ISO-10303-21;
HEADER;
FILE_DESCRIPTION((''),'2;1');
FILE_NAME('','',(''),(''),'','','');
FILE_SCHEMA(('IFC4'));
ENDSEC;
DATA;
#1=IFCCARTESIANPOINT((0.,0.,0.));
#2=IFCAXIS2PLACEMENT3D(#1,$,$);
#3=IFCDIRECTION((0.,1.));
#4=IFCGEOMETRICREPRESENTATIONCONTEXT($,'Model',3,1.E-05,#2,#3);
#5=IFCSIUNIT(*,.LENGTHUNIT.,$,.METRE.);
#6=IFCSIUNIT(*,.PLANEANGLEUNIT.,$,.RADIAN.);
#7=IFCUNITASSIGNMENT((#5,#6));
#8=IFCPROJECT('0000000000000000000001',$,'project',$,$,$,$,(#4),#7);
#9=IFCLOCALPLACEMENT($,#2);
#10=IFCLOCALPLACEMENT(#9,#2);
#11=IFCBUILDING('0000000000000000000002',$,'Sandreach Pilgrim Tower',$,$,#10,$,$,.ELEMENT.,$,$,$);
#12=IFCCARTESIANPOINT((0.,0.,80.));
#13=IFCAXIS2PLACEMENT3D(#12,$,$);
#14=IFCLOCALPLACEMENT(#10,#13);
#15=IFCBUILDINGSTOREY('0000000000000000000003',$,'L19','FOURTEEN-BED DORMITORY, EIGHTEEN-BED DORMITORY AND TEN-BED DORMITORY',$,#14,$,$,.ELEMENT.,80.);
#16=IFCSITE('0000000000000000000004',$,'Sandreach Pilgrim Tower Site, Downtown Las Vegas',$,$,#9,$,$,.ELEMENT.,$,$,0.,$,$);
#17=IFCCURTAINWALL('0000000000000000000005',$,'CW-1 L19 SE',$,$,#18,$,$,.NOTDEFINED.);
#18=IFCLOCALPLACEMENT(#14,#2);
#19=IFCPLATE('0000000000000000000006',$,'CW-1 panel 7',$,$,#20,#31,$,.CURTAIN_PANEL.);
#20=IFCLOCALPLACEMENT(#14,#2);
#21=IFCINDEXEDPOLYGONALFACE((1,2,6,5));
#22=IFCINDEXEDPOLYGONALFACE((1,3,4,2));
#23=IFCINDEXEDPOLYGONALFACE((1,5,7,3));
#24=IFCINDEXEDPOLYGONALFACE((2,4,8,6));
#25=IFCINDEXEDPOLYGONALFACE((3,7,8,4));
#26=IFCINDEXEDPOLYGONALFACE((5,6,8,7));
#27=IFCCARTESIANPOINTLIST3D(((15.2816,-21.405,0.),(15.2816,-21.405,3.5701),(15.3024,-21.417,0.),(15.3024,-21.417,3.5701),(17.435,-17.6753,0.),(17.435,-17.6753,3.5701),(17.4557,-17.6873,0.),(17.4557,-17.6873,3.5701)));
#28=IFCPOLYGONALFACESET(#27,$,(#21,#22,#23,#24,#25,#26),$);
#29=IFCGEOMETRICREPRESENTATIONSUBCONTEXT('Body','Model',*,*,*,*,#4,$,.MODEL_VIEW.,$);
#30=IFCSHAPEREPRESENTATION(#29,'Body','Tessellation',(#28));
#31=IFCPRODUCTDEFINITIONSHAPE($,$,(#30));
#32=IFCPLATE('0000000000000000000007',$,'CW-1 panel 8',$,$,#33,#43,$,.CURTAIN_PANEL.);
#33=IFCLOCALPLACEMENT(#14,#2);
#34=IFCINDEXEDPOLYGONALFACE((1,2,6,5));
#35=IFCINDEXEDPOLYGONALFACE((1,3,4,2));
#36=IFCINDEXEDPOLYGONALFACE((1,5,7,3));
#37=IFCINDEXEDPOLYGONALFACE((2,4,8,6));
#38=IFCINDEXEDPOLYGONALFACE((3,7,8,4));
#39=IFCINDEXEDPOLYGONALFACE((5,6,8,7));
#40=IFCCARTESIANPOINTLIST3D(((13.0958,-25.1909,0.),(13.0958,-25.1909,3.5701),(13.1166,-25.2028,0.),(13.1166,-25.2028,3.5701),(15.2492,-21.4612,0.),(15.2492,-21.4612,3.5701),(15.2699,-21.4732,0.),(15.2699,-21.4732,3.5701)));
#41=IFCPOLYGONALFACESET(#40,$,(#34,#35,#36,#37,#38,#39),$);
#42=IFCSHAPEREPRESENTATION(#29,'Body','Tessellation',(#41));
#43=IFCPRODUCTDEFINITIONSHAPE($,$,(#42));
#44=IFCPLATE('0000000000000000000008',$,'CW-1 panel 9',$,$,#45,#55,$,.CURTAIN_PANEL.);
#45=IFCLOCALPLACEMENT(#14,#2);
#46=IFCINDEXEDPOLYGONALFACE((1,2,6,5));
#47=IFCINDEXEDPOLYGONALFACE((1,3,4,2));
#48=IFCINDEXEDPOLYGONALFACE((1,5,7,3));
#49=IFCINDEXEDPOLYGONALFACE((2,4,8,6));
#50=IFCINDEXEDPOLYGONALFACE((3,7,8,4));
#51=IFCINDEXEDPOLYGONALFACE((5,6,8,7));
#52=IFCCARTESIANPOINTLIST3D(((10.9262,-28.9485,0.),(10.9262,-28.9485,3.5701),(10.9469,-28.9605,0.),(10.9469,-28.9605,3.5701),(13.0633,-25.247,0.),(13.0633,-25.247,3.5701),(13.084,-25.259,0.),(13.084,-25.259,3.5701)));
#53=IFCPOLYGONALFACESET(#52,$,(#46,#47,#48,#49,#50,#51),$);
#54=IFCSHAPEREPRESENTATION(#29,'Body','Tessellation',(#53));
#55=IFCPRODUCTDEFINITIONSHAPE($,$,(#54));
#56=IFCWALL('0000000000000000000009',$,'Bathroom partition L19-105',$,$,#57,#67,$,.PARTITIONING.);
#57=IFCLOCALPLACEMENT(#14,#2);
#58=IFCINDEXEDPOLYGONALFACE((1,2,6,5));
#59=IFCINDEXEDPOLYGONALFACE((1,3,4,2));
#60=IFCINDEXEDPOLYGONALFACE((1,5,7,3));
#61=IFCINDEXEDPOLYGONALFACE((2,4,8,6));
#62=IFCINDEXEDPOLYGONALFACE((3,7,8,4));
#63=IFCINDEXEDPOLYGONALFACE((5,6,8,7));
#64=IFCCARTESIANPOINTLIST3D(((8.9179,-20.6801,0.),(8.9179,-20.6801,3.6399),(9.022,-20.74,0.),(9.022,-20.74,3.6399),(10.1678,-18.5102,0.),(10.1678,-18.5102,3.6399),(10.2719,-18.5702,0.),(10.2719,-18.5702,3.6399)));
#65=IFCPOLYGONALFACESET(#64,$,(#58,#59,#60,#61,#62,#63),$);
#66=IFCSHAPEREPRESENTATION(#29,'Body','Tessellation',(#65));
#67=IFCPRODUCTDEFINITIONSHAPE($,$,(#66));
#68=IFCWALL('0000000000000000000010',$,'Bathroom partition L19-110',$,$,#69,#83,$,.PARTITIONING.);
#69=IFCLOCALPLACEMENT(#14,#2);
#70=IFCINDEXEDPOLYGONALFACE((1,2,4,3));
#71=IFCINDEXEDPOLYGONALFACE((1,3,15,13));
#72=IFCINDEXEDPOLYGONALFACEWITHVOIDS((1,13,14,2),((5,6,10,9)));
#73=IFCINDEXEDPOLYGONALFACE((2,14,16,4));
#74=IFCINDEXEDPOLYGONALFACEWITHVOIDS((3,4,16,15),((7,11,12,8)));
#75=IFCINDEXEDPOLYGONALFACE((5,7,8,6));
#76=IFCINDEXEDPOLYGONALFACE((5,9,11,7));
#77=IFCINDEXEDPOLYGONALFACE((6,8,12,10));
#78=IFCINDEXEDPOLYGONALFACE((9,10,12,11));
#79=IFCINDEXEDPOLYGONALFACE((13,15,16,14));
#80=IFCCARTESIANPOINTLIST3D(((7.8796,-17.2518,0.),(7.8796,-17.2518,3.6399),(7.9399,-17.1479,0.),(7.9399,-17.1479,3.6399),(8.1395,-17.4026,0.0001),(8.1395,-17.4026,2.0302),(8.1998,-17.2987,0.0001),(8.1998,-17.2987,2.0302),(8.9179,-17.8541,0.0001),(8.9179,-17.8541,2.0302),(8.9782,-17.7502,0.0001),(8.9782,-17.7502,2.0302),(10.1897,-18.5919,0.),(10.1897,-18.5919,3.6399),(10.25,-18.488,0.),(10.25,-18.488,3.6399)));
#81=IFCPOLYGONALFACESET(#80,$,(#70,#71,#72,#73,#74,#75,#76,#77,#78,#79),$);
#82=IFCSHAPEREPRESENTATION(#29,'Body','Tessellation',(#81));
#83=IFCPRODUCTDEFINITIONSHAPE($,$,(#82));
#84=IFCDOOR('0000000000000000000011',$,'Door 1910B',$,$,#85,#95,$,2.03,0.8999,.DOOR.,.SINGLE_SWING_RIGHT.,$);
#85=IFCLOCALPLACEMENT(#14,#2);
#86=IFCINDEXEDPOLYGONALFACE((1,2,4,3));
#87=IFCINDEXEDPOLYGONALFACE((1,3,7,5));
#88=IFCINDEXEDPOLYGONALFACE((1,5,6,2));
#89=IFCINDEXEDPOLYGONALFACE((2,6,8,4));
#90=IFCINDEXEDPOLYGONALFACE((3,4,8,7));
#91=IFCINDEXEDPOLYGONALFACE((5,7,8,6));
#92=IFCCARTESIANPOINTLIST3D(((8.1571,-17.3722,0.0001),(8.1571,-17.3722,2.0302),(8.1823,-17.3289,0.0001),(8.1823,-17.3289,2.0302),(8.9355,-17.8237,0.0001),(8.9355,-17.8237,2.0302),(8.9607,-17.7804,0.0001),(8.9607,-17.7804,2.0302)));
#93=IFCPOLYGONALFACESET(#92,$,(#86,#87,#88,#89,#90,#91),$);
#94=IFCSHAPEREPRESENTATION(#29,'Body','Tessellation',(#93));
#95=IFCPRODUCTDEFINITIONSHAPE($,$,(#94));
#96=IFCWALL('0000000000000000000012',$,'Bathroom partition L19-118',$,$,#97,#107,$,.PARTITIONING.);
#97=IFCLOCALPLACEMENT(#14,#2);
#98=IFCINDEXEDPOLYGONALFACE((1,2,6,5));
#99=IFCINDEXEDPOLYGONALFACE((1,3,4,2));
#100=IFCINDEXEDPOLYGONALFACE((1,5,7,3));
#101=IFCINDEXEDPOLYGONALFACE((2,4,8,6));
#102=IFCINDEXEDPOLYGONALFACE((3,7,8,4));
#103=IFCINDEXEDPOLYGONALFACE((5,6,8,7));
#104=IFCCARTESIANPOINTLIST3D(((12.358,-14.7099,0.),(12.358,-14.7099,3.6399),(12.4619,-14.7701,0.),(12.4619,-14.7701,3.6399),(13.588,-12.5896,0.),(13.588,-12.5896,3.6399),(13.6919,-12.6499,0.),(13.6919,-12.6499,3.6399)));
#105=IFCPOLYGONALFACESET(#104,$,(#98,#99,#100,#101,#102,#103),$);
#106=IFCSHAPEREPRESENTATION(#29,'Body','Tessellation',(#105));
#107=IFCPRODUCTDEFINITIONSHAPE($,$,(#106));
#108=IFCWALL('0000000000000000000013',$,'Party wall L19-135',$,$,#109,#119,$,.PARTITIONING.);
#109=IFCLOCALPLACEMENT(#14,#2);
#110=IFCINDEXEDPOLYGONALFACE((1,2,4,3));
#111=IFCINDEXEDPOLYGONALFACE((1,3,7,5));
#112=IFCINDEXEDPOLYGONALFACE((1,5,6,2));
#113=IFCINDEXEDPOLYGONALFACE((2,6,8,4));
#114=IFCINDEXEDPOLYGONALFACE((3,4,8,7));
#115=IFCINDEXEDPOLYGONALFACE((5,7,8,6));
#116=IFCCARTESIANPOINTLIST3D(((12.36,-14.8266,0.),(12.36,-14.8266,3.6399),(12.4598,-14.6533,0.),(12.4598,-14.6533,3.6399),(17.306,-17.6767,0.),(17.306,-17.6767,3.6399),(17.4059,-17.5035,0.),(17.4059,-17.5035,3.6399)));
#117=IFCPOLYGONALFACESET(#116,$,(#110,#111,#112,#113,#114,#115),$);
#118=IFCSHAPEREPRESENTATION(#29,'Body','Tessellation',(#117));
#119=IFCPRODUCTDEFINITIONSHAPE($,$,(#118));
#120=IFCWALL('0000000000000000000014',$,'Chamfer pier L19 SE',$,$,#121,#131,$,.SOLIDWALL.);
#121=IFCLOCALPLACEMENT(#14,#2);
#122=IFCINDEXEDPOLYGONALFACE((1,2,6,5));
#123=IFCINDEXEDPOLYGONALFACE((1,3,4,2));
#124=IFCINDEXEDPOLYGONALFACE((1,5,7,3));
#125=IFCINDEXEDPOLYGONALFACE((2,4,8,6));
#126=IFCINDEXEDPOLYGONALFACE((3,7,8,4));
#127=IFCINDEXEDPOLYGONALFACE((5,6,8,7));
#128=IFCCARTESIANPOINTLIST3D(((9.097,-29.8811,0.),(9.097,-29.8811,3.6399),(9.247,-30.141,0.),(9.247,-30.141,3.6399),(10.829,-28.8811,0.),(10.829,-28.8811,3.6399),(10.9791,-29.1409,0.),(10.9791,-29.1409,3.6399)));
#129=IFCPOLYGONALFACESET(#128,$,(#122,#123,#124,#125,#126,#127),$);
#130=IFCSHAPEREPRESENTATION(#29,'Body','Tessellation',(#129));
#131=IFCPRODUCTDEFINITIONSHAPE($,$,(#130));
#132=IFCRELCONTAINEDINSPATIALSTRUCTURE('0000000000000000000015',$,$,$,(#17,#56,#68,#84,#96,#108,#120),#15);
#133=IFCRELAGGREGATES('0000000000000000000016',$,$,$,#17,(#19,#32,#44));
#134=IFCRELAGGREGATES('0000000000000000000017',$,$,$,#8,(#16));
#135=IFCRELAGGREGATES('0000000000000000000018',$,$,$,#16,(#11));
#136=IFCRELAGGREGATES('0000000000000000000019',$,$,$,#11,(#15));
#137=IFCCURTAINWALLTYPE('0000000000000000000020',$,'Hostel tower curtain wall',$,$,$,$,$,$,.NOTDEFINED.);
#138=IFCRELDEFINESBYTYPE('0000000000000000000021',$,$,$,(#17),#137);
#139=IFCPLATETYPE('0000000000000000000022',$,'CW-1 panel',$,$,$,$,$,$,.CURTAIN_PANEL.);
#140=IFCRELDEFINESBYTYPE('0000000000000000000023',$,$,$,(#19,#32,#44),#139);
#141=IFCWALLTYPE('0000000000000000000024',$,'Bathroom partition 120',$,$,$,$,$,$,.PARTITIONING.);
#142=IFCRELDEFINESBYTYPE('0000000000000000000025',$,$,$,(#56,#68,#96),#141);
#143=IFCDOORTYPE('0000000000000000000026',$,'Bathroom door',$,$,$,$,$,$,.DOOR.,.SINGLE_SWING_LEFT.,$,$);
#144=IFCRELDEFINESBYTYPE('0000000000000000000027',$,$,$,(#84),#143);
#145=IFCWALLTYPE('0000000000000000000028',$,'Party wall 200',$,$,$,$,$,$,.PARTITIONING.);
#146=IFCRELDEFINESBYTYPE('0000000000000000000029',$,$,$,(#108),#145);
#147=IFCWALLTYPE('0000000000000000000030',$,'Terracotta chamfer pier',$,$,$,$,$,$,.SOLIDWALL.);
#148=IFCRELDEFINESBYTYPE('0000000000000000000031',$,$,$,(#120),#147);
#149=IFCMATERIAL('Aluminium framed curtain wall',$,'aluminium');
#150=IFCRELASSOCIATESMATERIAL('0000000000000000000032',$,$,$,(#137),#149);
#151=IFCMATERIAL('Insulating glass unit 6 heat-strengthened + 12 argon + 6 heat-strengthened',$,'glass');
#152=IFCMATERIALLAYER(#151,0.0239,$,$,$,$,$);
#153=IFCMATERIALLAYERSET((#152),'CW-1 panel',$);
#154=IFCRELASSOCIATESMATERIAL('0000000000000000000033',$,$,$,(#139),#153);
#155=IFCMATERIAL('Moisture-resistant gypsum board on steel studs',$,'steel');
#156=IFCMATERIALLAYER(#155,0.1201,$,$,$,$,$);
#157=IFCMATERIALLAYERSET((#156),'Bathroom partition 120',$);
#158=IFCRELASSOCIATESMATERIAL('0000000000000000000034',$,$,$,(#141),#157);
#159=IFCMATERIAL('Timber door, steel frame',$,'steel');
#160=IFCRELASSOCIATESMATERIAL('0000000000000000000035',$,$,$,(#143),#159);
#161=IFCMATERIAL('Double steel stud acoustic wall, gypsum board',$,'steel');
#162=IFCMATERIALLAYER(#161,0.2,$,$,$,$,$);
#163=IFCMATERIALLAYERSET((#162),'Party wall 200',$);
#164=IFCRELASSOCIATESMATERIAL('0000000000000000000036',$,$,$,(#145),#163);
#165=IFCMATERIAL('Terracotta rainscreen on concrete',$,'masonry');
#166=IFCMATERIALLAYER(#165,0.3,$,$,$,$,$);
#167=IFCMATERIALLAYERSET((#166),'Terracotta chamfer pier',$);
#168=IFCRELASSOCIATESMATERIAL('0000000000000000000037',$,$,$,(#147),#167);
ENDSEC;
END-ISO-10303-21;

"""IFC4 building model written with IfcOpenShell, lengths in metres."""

from ifc_helpers import new_model, si_unit, direction, frame, frame_2d, origin, origin_2d, place, context, subcontext, project, spatial, rectangle, extrude, material, layer, layer_set, type_object, element, fill, aggregate, save


model = new_model("IFC4")

# Units and contexts
model_context = context("Model", 3, precision=1e-05, world=origin(), true_north=direction((0.0, 1.0)))
body_context = subcontext(model_context, "Body", "Model", "MODEL_VIEW")
ifc_project = project(units=[si_unit("LENGTHUNIT", "METRE"), si_unit("PLANEANGLEUNIT", "RADIAN")], contexts=[model_context])

# Site, building, storey
site_placement = place(None, origin())
site = spatial("IfcSite", under=ifc_project, at=site_placement, Name="Sandreach Pilgrim Tower Site, Downtown Las Vegas", CompositionType="ELEMENT", RefElevation=0.0)
building_placement = place(site_placement, origin())
building = spatial("IfcBuilding", under=site, at=building_placement, Name="Sandreach Pilgrim Tower", CompositionType="ELEMENT")
storey_placement = place(building_placement, frame((0.0, 0.0, 80.0)))
storey = spatial("IfcBuildingStorey", under=building, at=storey_placement, Name="L19", Description="FOURTEEN-BED DORMITORY, EIGHTEEN-BED DORMITORY AND TEN-BED DORMITORY", CompositionType="ELEMENT", Elevation=80.0)

# Curtain wall
ifc_material_1 = material(Name="Aluminium framed curtain wall", Category="aluminium")
curtain_wall_type = type_object("IfcCurtainWallType", Name="Hostel tower curtain wall", PredefinedType="NOTDEFINED", material=ifc_material_1)
curtain_wall_1_placement = place(storey_placement, origin())
curtain_wall_1 = element("IfcCurtainWall", 1, at=curtain_wall_1_placement, inside=storey, type_object=curtain_wall_type, Name="CW-1 L19 SE", PredefinedType="NOTDEFINED")

# Plates
ifc_material_2 = material(Name="Insulating glass unit 6 heat-strengthened + 12 argon + 6 heat-strengthened", Category="glass")
ifc_layer_1 = layer(ifc_material_2, 0.0239)
ifc_layer_set_1 = layer_set([ifc_layer_1], Name="CW-1 panel")
plate_type = type_object("IfcPlateType", Name="CW-1 panel", PredefinedType="CURTAIN_PANEL", material=ifc_layer_set_1)
plate_1_placement = place(storey_placement, frame((16.3687, -19.5461, 0.0), z_axis=(0.0, 0.0, 1.0), x_axis=(-0.5, -0.866025, 0.0)))
plate_1 = element("IfcPlate", 2, at=plate_1_placement, type_object=plate_type, Name="CW-1 panel 7", PredefinedType="CURTAIN_PANEL", context=body_context, shape_type="SweptSolid", body=[
    extrude(rectangle(XDim=4.3066, YDim=0.0239, at=origin_2d()), origin(), (0.0, 0.0, 1.0), 3.5701),
])
plate_2_placement = place(storey_placement, frame((14.1829, -23.332, 0.0), z_axis=(0.0, 0.0, 1.0), x_axis=(-0.5, -0.866025, 0.0)))
plate_2 = element("IfcPlate", 3, at=plate_2_placement, type_object=plate_type, Name="CW-1 panel 8", PredefinedType="CURTAIN_PANEL", context=body_context, shape_type="SweptSolid", body=[
    extrude(rectangle(XDim=4.3066, YDim=0.0239, at=origin_2d()), origin(), (0.0, 0.0, 1.0), 3.5701),
])
plate_3_placement = place(storey_placement, frame((12.0051, -27.1038, 0.0), z_axis=(0.0, 0.0, 1.0), x_axis=(-0.5, -0.866025, 0.0)))
plate_3 = element("IfcPlate", 4, at=plate_3_placement, type_object=plate_type, Name="CW-1 panel 9", PredefinedType="CURTAIN_PANEL", context=body_context, shape_type="SweptSolid", body=[
    extrude(rectangle(XDim=4.2742, YDim=0.0239, at=origin_2d()), origin(), (0.0, 0.0, 1.0), 3.5701),
])
aggregate(curtain_wall_1, [plate_1, plate_2, plate_3])

# Wall
ifc_material_3 = material(Name="Moisture-resistant gypsum board on steel studs", Category="steel")
ifc_layer_2 = layer(ifc_material_3, 0.1201)
ifc_layer_set_2 = layer_set([ifc_layer_2], Name="Bathroom partition 120")
wall_type_1 = type_object("IfcWallType", Name="Bathroom partition 120", PredefinedType="PARTITIONING", material=ifc_layer_set_2)
wall_1_placement = place(storey_placement, frame((8.97, -20.71, 0.0), z_axis=(0.0, 0.0, 1.0), x_axis=(0.49916, 0.86651, 0.0)))
element("IfcWall", 5, at=wall_1_placement, inside=storey, type_object=wall_type_1, Name="Bathroom partition L19-105", PredefinedType="PARTITIONING", context=body_context, shape_type="SweptSolid", body=[
    extrude(rectangle(XDim=2.5042, YDim=0.1201, at=frame_2d((1.252, 0.0))), origin(), (0.0, 0.0, 1.0), 3.6399),
])

# Wall, opening, door
wall_2_placement = place(storey_placement, frame((10.22, -18.54, 0.0), z_axis=(0.0, 0.0, 1.0), x_axis=(-0.86499, 0.501789, 0.0)))
wall_2 = element("IfcWall", 6, at=wall_2_placement, inside=storey, type_object=wall_type_1, Name="Bathroom partition L19-110", PredefinedType="PARTITIONING", context=body_context, shape_type="SweptSolid", body=[
    extrude(rectangle(XDim=2.6707, YDim=0.1201, at=frame_2d((1.3354, 0.0))), origin(), (0.0, 0.0, 1.0), 3.6399),
])
opening_placement = place(wall_2_placement, frame((1.4705, 0.0, 0.0)))
opening = element("IfcOpeningElement", 7, at=opening_placement, cuts=wall_2, PredefinedType="OPENING", context=body_context, shape_type="SweptSolid", body=[
    extrude(rectangle(XDim=0.8999, YDim=2.03, at=frame_2d((0.45, 1.0151))), frame((0.0, 0.0601, 0.0), z_axis=(0.0, -1.0, 0.0), x_axis=(1.0, 0.0, 0.0)), (0.0, 0.0, 1.0), 0.1201),
])
ifc_material_4 = material(Name="Timber door, steel frame", Category="steel")
door_type = type_object("IfcDoorType", Name="Bathroom door", OperationType="SINGLE_SWING_LEFT", PredefinedType="DOOR", material=ifc_material_4)
door_placement = place(opening_placement, origin())
door = element("IfcDoor", 8, at=door_placement, inside=storey, type_object=door_type, Name="Door 1910B", OperationType="SINGLE_SWING_RIGHT", OverallHeight=2.03, OverallWidth=0.8999, PredefinedType="DOOR", context=body_context, shape_type="SweptSolid", body=[
    extrude(rectangle(XDim=0.8999, YDim=2.03, at=frame_2d((0.45, 1.0151))), frame((0.0, 0.0249, 0.0), z_axis=(0.0, -1.0, 0.0), x_axis=(1.0, 0.0, 0.0)), (0.0, 0.0, 1.0), 0.05),
])
fill(opening, door)

# Walls
wall_3_placement = place(storey_placement, frame((12.4099, -14.74, 0.0), z_axis=(0.0, 0.0, 1.0), x_axis=(0.501813, 0.864976, 0.0)))
element("IfcWall", 9, at=wall_3_placement, inside=storey, type_object=wall_type_1, Name="Bathroom partition L19-118", PredefinedType="PARTITIONING", context=body_context, shape_type="SweptSolid", body=[
    extrude(rectangle(XDim=2.4512, YDim=0.1201, at=frame_2d((1.2256, 0.0))), origin(), (0.0, 0.0, 1.0), 3.6399),
])
ifc_material_5 = material(Name="Double steel stud acoustic wall, gypsum board", Category="steel")
ifc_layer_3 = layer(ifc_material_5, 0.2)
ifc_layer_set_3 = layer_set([ifc_layer_3], Name="Party wall 200")
wall_type_2 = type_object("IfcWallType", Name="Party wall 200", PredefinedType="PARTITIONING", material=ifc_layer_set_3)
wall_4_placement = place(storey_placement, frame((17.356, -17.5901, 0.0), z_axis=(0.0, 0.0, 1.0), x_axis=(-0.866443, 0.499277, 0.0)))
element("IfcWall", 10, at=wall_4_placement, inside=storey, type_object=wall_type_2, Name="Party wall L19-135", PredefinedType="PARTITIONING", context=body_context, shape_type="SweptSolid", body=[
    extrude(rectangle(XDim=5.7085, YDim=0.2, at=frame_2d((2.8542, 0.0))), origin(), (0.0, 0.0, 1.0), 3.6399),
])
ifc_material_6 = material(Name="Terracotta rainscreen on concrete", Category="masonry")
ifc_layer_4 = layer(ifc_material_6, 0.3)
ifc_layer_set_4 = layer_set([ifc_layer_4], Name="Terracotta chamfer pier")
wall_type_3 = type_object("IfcWallType", Name="Terracotta chamfer pier", PredefinedType="SOLIDWALL", material=ifc_layer_set_4)
wall_5_placement = place(storey_placement, frame((10.9041, -29.011, 0.0), z_axis=(0.0, 0.0, 1.0), x_axis=(-0.866011, -0.500025, 0.0)))
element("IfcWall", 11, at=wall_5_placement, inside=storey, type_object=wall_type_3, Name="Chamfer pier L19 SE", PredefinedType="SOLIDWALL", context=body_context, shape_type="SweptSolid", body=[
    extrude(rectangle(XDim=2.0, YDim=0.3, at=frame_2d((1.0, 0.0))), origin(), (0.0, 0.0, 1.0), 3.6399),
])

save(model, "model.ifc")
